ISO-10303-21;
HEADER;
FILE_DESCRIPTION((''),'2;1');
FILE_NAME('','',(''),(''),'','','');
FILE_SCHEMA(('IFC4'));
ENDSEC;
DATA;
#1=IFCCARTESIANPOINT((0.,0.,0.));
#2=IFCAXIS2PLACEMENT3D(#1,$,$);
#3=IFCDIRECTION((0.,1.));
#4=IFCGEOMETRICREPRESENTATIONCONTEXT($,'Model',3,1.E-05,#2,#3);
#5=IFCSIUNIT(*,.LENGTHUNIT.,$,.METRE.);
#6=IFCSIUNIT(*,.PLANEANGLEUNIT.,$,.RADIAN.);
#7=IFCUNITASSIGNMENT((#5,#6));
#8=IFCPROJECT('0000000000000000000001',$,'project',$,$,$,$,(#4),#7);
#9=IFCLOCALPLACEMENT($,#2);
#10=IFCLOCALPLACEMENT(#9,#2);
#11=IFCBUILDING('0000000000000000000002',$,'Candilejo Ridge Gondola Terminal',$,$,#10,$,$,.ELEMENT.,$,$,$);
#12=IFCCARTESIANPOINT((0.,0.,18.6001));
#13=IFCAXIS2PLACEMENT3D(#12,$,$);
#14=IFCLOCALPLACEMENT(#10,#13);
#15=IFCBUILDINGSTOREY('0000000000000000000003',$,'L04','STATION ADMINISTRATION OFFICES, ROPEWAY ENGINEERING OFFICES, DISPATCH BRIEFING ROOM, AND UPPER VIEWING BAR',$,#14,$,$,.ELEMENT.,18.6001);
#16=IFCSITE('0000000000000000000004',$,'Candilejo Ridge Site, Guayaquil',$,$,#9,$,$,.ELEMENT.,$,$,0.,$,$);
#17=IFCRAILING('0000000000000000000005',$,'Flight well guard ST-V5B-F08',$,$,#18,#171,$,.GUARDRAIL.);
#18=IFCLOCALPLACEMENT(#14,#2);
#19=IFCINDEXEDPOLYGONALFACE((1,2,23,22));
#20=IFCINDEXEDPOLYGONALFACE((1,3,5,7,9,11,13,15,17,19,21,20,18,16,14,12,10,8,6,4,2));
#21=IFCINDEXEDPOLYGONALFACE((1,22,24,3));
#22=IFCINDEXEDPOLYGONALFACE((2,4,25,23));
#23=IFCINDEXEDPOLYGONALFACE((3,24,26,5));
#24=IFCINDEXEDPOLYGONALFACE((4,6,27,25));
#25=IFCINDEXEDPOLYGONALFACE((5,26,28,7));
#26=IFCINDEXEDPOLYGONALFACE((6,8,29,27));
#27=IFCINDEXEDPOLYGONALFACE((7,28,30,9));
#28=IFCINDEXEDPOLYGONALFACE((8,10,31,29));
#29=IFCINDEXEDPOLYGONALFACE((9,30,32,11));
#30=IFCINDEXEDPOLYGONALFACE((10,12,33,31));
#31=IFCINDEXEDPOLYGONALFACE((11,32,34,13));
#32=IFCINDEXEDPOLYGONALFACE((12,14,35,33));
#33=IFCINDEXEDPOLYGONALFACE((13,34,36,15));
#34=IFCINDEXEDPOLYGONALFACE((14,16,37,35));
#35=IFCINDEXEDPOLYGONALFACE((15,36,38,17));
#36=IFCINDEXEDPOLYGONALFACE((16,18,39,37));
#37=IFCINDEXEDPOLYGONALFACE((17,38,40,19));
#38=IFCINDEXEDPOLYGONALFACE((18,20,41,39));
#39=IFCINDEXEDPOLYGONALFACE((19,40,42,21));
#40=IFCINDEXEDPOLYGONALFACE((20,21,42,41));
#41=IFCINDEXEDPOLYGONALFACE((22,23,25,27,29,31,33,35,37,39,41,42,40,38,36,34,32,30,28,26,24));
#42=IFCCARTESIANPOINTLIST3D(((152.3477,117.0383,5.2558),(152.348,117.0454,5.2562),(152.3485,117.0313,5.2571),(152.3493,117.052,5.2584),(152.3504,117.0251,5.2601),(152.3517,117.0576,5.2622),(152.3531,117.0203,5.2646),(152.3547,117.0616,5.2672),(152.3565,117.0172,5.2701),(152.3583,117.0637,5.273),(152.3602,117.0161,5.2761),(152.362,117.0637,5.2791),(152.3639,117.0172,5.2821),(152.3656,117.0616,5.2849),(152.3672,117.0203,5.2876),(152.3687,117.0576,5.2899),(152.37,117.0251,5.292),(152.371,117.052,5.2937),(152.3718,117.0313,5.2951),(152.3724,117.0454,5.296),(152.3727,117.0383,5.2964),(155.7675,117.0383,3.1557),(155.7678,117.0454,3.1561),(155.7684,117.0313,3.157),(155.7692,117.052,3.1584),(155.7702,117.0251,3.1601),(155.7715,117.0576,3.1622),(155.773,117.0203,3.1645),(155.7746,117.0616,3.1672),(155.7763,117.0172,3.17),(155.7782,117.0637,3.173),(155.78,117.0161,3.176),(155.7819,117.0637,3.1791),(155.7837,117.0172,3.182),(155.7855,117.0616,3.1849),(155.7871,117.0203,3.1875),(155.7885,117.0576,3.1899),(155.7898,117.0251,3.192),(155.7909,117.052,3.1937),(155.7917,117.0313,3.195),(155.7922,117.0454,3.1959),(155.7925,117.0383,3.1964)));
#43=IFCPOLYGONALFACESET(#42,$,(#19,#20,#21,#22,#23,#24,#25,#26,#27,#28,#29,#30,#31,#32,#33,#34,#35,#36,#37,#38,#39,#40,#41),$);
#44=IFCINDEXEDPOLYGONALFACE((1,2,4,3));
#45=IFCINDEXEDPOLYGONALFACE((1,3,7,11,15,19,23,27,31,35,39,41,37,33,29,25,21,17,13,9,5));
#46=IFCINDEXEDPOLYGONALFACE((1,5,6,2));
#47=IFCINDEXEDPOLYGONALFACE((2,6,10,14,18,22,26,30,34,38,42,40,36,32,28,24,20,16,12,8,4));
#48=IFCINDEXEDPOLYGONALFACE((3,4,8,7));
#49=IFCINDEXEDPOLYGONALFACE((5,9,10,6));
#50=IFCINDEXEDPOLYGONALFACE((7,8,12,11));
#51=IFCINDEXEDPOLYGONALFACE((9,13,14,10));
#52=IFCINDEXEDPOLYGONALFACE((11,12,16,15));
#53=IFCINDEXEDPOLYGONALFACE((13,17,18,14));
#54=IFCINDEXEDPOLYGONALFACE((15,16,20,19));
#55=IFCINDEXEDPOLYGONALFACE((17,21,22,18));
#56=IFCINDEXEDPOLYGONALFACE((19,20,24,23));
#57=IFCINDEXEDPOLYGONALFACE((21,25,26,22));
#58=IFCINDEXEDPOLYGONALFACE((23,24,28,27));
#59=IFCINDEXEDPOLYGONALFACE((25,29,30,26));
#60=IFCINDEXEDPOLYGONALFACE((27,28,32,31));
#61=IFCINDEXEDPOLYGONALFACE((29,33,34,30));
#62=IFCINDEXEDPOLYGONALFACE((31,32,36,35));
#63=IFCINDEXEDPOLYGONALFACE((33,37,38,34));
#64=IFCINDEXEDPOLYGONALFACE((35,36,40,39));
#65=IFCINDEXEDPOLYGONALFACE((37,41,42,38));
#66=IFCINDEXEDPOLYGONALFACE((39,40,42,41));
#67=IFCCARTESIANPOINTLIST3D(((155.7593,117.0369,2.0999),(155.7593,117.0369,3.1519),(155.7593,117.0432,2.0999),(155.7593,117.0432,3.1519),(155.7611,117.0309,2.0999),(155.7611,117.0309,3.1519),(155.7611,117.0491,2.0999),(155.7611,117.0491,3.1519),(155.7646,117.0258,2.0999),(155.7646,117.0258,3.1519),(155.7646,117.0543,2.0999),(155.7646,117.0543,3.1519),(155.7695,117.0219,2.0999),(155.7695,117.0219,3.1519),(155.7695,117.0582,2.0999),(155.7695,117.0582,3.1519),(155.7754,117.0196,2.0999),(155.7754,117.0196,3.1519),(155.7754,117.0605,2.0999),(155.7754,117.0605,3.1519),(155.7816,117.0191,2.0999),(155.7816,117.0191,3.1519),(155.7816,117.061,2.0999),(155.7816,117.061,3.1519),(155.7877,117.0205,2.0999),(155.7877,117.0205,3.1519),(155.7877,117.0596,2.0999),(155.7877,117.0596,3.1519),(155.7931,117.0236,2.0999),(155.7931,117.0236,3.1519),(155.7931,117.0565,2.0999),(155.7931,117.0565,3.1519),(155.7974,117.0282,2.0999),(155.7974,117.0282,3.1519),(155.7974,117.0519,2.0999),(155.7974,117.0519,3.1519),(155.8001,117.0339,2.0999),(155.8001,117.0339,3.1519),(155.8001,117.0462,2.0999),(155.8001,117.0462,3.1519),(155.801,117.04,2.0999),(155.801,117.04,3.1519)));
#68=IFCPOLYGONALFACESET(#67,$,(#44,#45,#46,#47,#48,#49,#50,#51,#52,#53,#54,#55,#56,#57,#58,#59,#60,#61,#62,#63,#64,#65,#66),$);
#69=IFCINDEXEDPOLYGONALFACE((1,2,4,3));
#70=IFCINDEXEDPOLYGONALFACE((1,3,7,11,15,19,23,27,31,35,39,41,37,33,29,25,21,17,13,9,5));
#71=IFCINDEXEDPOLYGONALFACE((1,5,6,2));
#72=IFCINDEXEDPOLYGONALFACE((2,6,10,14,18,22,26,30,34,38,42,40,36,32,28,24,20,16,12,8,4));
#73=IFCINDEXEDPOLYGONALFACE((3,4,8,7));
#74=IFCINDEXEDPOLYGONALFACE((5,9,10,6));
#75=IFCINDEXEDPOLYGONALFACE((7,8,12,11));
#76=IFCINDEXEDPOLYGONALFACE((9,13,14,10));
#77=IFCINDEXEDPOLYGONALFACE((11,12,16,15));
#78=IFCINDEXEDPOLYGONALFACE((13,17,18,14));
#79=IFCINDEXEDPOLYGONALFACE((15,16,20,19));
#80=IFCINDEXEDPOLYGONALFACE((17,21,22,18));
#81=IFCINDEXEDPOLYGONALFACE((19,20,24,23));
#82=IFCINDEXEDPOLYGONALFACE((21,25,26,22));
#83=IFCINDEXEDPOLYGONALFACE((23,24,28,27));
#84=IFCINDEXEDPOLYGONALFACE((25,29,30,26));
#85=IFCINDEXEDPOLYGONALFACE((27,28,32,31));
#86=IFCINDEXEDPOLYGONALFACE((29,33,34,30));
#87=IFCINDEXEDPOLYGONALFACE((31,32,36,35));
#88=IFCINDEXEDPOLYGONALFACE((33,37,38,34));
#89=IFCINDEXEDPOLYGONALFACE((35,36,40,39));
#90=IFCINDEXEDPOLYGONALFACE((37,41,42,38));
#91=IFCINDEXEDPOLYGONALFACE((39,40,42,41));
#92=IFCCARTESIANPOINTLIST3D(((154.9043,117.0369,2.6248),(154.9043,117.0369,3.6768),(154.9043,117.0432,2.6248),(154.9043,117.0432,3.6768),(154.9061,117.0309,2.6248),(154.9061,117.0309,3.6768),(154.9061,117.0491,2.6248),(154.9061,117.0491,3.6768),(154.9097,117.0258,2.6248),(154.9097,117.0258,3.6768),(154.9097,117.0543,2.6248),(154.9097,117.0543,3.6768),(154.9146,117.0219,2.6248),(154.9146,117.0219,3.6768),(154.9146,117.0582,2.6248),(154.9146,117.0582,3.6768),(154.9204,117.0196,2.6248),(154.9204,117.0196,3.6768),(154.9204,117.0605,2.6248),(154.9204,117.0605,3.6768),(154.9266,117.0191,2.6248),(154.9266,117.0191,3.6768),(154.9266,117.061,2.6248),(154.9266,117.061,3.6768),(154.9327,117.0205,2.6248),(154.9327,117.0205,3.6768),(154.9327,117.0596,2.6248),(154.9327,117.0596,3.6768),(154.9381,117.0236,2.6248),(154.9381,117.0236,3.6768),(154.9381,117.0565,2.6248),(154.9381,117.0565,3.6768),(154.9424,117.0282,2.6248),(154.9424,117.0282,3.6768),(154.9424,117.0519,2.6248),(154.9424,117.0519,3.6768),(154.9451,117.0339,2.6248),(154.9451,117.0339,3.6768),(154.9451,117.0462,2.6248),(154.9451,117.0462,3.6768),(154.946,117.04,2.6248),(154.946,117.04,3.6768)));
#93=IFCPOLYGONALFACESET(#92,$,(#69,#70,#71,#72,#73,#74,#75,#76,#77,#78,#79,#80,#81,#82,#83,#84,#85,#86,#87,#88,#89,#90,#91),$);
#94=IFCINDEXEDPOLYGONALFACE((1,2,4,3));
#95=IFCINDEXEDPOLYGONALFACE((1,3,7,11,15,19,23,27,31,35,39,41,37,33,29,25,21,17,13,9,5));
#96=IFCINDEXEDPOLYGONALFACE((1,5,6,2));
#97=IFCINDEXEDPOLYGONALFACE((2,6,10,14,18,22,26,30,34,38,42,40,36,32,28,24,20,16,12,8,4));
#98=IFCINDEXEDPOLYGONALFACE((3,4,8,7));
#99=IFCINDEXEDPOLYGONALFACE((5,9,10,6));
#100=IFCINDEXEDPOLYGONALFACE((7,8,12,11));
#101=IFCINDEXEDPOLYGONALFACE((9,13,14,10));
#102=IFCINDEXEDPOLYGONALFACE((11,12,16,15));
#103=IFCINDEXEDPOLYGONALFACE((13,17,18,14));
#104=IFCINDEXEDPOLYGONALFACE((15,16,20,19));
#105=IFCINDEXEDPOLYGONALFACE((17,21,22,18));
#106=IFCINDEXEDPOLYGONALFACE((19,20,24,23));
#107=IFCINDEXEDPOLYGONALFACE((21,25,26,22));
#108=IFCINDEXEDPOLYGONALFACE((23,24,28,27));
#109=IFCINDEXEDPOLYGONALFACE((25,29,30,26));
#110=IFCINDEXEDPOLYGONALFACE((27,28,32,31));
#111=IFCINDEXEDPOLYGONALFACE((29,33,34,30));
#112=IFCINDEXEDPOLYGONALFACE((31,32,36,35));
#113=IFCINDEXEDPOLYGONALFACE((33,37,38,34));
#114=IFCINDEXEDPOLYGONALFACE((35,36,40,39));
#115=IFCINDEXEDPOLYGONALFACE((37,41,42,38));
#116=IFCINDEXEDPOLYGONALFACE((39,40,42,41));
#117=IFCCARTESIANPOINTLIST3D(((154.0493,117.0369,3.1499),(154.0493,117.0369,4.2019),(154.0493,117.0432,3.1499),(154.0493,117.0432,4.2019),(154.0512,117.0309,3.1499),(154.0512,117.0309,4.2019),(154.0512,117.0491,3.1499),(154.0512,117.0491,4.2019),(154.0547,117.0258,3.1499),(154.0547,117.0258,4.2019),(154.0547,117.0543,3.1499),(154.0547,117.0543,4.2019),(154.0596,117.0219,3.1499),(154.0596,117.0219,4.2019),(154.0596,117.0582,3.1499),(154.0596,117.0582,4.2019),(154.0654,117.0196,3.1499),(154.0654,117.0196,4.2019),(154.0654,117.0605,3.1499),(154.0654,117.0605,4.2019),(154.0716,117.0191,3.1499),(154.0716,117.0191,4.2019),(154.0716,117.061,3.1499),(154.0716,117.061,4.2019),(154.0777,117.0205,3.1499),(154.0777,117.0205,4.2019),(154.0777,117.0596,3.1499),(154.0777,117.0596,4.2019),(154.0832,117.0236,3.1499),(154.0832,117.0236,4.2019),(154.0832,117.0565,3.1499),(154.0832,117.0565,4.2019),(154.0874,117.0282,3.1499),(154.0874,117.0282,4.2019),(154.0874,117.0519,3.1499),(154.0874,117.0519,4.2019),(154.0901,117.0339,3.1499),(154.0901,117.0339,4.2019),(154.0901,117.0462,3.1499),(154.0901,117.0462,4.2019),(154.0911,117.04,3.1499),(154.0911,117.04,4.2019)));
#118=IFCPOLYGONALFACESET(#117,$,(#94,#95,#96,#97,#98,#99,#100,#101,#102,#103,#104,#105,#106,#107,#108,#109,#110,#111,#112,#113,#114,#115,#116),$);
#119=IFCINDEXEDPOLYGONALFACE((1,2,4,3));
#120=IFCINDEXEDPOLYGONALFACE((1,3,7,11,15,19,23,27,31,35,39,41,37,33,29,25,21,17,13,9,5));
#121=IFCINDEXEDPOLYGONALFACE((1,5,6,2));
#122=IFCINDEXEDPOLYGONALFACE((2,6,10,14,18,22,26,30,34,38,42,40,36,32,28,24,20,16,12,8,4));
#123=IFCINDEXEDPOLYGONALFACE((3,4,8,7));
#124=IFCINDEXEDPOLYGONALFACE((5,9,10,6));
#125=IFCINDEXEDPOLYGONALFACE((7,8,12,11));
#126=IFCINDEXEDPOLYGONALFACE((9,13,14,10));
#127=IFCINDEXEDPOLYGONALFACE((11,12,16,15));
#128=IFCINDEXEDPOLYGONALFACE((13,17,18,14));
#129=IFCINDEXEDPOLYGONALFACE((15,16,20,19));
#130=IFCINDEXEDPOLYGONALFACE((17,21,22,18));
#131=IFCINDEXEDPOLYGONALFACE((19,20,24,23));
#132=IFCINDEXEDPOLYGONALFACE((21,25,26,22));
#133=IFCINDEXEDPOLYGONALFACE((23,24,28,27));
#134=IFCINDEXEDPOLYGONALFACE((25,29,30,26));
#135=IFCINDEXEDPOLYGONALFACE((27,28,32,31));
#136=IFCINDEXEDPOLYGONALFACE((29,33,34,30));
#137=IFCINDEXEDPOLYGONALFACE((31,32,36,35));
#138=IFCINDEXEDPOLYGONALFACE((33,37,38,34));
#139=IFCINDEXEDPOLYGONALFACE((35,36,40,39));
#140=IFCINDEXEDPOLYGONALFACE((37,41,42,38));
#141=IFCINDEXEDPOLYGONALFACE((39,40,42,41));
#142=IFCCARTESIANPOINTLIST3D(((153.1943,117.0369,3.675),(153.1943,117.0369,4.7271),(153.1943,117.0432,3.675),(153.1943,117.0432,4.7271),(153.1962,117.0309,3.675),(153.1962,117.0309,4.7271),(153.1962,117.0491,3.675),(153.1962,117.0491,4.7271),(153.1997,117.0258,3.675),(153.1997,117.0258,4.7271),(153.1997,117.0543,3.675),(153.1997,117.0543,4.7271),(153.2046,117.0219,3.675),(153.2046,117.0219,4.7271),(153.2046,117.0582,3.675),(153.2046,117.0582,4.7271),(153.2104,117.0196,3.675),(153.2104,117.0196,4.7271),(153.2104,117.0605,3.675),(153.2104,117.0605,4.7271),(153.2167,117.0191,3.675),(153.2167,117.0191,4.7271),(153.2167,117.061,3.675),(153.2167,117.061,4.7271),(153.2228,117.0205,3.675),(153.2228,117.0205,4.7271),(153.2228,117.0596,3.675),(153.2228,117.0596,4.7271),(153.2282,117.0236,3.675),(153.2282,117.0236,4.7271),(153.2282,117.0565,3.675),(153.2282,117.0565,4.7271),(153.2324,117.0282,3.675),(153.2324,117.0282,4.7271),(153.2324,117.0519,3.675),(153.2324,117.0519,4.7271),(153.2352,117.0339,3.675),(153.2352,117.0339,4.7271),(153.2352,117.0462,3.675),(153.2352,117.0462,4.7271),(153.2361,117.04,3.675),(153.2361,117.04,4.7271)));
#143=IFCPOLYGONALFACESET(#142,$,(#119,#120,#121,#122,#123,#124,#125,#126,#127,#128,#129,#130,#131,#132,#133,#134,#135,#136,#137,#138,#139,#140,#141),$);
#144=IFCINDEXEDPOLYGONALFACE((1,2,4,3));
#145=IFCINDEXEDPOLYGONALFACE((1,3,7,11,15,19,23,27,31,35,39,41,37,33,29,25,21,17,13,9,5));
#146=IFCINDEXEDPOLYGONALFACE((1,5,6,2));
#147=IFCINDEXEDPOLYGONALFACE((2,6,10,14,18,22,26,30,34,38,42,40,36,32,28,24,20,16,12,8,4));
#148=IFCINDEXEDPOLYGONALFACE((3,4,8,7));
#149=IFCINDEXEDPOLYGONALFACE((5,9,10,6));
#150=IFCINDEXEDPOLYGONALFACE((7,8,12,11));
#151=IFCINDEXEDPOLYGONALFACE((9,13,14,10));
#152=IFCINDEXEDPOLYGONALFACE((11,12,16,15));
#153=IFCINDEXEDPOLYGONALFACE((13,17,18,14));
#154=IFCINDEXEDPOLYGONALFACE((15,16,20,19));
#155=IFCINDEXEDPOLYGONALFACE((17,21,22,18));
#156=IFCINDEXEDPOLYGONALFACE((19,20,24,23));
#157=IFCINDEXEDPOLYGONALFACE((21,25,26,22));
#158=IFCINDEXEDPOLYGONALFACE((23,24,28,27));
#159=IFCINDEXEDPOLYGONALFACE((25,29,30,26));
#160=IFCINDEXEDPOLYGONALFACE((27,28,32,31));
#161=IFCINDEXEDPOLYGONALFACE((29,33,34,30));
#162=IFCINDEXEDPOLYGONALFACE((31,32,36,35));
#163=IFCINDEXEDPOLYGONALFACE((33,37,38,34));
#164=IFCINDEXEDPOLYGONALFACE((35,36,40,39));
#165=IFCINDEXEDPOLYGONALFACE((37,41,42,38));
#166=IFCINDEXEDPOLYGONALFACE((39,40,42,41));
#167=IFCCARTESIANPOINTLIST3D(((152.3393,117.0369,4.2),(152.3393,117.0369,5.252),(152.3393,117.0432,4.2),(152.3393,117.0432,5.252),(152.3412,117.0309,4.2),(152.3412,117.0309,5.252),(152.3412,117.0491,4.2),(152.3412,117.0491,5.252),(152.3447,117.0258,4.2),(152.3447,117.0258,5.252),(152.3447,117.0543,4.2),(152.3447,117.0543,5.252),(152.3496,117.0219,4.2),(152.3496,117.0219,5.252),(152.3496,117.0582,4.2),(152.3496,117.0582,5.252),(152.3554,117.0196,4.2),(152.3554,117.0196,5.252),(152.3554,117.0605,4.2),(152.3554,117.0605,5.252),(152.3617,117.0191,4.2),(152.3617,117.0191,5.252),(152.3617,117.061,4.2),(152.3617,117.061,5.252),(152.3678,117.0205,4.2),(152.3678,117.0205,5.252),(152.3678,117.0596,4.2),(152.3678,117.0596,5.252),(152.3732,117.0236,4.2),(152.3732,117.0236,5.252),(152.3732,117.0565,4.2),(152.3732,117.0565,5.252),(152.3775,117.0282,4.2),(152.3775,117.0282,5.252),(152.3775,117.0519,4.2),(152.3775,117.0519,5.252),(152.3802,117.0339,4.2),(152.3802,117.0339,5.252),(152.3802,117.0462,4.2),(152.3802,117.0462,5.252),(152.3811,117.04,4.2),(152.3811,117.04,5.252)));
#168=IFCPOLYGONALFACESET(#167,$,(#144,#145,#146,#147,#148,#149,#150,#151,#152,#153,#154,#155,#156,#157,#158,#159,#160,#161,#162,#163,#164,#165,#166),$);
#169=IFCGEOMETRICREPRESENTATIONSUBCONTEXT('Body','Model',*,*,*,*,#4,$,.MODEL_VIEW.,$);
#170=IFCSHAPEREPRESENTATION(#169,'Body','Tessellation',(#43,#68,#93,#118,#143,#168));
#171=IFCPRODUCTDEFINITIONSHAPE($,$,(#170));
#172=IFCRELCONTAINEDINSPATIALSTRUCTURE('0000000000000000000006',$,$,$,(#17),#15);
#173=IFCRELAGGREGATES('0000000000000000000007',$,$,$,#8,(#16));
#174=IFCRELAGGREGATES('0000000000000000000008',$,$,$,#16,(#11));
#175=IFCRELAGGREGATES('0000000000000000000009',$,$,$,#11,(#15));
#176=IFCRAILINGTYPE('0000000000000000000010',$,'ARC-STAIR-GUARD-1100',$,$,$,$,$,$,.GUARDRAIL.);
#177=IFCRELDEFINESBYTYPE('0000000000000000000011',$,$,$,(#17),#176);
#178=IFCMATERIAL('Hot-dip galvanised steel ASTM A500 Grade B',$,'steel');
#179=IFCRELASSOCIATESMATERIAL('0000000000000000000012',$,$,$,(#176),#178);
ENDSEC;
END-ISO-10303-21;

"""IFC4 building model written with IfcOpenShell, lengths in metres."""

from ifc_helpers import new_model, si_unit, direction, frame, origin, origin_2d, place, context, subcontext, project, spatial, circle, extrude, material, type_object, element, save


model = new_model("IFC4")

# Units and contexts
model_context = context("Model", 3, precision=1e-05, world=origin(), true_north=direction((0.0, 1.0)))
body_context = subcontext(model_context, "Body", "Model", "MODEL_VIEW")
ifc_project = project(units=[si_unit("LENGTHUNIT", "METRE"), si_unit("PLANEANGLEUNIT", "RADIAN")], contexts=[model_context])

# Site, building, storey
site_placement = place(None, origin())
site = spatial("IfcSite", under=ifc_project, at=site_placement, Name="Candilejo Ridge Site, Guayaquil", CompositionType="ELEMENT", RefElevation=0.0)
building_placement = place(site_placement, origin())
building = spatial("IfcBuilding", under=site, at=building_placement, Name="Candilejo Ridge Gondola Terminal", CompositionType="ELEMENT")
storey_placement = place(building_placement, frame((0.0, 0.0, 18.6001)))
storey = spatial("IfcBuildingStorey", under=building, at=storey_placement, Name="L04", Description="STATION ADMINISTRATION OFFICES, ROPEWAY ENGINEERING OFFICES, DISPATCH BRIEFING ROOM, AND UPPER VIEWING BAR", CompositionType="ELEMENT", Elevation=18.6001)

# Railing
ifc_material_1 = material(Name="Hot-dip galvanised steel ASTM A500 Grade B", Category="steel")
railing_type_1 = type_object("IfcRailingType", Name="ARC-STAIR-GUARD-1100", PredefinedType="GUARDRAIL", material=ifc_material_1)
railing_1_placement = place(storey_placement, frame((155.78, 117.04, 2.0999)))
element("IfcRailing", 1, at=railing_1_placement, inside=storey, type_object=railing_type_1, Name="Flight well guard ST-V5B-F08", PredefinedType="GUARDRAIL", context=body_context, shape_type="SweptSolid", body=[
    extrude(circle(Radius=0.0239, at=origin_2d()), frame((0.0, 0.0, 1.0762), z_axis=(-0.852155, 0.0, 0.523289), x_axis=(0.0, -1.0, 0.0)), (0.0, 0.0, 1.0), 4.0132),
    extrude(circle(Radius=0.021, at=origin_2d()), origin(), (0.0, 0.0, 1.0), 1.052),
    extrude(circle(Radius=0.021, at=origin_2d()), frame((-0.855, 0.0, 0.5249)), (0.0, 0.0, 1.0), 1.052),
    extrude(circle(Radius=0.021, at=origin_2d()), frame((-1.71, 0.0, 1.05)), (0.0, 0.0, 1.0), 1.052),
    extrude(circle(Radius=0.021, at=origin_2d()), frame((-2.5649, 0.0, 1.5752)), (0.0, 0.0, 1.0), 1.052),
    extrude(circle(Radius=0.021, at=origin_2d()), frame((-3.4199, 0.0, 2.1001)), (0.0, 0.0, 1.0), 1.052),
])

save(model, "model.ifc")
